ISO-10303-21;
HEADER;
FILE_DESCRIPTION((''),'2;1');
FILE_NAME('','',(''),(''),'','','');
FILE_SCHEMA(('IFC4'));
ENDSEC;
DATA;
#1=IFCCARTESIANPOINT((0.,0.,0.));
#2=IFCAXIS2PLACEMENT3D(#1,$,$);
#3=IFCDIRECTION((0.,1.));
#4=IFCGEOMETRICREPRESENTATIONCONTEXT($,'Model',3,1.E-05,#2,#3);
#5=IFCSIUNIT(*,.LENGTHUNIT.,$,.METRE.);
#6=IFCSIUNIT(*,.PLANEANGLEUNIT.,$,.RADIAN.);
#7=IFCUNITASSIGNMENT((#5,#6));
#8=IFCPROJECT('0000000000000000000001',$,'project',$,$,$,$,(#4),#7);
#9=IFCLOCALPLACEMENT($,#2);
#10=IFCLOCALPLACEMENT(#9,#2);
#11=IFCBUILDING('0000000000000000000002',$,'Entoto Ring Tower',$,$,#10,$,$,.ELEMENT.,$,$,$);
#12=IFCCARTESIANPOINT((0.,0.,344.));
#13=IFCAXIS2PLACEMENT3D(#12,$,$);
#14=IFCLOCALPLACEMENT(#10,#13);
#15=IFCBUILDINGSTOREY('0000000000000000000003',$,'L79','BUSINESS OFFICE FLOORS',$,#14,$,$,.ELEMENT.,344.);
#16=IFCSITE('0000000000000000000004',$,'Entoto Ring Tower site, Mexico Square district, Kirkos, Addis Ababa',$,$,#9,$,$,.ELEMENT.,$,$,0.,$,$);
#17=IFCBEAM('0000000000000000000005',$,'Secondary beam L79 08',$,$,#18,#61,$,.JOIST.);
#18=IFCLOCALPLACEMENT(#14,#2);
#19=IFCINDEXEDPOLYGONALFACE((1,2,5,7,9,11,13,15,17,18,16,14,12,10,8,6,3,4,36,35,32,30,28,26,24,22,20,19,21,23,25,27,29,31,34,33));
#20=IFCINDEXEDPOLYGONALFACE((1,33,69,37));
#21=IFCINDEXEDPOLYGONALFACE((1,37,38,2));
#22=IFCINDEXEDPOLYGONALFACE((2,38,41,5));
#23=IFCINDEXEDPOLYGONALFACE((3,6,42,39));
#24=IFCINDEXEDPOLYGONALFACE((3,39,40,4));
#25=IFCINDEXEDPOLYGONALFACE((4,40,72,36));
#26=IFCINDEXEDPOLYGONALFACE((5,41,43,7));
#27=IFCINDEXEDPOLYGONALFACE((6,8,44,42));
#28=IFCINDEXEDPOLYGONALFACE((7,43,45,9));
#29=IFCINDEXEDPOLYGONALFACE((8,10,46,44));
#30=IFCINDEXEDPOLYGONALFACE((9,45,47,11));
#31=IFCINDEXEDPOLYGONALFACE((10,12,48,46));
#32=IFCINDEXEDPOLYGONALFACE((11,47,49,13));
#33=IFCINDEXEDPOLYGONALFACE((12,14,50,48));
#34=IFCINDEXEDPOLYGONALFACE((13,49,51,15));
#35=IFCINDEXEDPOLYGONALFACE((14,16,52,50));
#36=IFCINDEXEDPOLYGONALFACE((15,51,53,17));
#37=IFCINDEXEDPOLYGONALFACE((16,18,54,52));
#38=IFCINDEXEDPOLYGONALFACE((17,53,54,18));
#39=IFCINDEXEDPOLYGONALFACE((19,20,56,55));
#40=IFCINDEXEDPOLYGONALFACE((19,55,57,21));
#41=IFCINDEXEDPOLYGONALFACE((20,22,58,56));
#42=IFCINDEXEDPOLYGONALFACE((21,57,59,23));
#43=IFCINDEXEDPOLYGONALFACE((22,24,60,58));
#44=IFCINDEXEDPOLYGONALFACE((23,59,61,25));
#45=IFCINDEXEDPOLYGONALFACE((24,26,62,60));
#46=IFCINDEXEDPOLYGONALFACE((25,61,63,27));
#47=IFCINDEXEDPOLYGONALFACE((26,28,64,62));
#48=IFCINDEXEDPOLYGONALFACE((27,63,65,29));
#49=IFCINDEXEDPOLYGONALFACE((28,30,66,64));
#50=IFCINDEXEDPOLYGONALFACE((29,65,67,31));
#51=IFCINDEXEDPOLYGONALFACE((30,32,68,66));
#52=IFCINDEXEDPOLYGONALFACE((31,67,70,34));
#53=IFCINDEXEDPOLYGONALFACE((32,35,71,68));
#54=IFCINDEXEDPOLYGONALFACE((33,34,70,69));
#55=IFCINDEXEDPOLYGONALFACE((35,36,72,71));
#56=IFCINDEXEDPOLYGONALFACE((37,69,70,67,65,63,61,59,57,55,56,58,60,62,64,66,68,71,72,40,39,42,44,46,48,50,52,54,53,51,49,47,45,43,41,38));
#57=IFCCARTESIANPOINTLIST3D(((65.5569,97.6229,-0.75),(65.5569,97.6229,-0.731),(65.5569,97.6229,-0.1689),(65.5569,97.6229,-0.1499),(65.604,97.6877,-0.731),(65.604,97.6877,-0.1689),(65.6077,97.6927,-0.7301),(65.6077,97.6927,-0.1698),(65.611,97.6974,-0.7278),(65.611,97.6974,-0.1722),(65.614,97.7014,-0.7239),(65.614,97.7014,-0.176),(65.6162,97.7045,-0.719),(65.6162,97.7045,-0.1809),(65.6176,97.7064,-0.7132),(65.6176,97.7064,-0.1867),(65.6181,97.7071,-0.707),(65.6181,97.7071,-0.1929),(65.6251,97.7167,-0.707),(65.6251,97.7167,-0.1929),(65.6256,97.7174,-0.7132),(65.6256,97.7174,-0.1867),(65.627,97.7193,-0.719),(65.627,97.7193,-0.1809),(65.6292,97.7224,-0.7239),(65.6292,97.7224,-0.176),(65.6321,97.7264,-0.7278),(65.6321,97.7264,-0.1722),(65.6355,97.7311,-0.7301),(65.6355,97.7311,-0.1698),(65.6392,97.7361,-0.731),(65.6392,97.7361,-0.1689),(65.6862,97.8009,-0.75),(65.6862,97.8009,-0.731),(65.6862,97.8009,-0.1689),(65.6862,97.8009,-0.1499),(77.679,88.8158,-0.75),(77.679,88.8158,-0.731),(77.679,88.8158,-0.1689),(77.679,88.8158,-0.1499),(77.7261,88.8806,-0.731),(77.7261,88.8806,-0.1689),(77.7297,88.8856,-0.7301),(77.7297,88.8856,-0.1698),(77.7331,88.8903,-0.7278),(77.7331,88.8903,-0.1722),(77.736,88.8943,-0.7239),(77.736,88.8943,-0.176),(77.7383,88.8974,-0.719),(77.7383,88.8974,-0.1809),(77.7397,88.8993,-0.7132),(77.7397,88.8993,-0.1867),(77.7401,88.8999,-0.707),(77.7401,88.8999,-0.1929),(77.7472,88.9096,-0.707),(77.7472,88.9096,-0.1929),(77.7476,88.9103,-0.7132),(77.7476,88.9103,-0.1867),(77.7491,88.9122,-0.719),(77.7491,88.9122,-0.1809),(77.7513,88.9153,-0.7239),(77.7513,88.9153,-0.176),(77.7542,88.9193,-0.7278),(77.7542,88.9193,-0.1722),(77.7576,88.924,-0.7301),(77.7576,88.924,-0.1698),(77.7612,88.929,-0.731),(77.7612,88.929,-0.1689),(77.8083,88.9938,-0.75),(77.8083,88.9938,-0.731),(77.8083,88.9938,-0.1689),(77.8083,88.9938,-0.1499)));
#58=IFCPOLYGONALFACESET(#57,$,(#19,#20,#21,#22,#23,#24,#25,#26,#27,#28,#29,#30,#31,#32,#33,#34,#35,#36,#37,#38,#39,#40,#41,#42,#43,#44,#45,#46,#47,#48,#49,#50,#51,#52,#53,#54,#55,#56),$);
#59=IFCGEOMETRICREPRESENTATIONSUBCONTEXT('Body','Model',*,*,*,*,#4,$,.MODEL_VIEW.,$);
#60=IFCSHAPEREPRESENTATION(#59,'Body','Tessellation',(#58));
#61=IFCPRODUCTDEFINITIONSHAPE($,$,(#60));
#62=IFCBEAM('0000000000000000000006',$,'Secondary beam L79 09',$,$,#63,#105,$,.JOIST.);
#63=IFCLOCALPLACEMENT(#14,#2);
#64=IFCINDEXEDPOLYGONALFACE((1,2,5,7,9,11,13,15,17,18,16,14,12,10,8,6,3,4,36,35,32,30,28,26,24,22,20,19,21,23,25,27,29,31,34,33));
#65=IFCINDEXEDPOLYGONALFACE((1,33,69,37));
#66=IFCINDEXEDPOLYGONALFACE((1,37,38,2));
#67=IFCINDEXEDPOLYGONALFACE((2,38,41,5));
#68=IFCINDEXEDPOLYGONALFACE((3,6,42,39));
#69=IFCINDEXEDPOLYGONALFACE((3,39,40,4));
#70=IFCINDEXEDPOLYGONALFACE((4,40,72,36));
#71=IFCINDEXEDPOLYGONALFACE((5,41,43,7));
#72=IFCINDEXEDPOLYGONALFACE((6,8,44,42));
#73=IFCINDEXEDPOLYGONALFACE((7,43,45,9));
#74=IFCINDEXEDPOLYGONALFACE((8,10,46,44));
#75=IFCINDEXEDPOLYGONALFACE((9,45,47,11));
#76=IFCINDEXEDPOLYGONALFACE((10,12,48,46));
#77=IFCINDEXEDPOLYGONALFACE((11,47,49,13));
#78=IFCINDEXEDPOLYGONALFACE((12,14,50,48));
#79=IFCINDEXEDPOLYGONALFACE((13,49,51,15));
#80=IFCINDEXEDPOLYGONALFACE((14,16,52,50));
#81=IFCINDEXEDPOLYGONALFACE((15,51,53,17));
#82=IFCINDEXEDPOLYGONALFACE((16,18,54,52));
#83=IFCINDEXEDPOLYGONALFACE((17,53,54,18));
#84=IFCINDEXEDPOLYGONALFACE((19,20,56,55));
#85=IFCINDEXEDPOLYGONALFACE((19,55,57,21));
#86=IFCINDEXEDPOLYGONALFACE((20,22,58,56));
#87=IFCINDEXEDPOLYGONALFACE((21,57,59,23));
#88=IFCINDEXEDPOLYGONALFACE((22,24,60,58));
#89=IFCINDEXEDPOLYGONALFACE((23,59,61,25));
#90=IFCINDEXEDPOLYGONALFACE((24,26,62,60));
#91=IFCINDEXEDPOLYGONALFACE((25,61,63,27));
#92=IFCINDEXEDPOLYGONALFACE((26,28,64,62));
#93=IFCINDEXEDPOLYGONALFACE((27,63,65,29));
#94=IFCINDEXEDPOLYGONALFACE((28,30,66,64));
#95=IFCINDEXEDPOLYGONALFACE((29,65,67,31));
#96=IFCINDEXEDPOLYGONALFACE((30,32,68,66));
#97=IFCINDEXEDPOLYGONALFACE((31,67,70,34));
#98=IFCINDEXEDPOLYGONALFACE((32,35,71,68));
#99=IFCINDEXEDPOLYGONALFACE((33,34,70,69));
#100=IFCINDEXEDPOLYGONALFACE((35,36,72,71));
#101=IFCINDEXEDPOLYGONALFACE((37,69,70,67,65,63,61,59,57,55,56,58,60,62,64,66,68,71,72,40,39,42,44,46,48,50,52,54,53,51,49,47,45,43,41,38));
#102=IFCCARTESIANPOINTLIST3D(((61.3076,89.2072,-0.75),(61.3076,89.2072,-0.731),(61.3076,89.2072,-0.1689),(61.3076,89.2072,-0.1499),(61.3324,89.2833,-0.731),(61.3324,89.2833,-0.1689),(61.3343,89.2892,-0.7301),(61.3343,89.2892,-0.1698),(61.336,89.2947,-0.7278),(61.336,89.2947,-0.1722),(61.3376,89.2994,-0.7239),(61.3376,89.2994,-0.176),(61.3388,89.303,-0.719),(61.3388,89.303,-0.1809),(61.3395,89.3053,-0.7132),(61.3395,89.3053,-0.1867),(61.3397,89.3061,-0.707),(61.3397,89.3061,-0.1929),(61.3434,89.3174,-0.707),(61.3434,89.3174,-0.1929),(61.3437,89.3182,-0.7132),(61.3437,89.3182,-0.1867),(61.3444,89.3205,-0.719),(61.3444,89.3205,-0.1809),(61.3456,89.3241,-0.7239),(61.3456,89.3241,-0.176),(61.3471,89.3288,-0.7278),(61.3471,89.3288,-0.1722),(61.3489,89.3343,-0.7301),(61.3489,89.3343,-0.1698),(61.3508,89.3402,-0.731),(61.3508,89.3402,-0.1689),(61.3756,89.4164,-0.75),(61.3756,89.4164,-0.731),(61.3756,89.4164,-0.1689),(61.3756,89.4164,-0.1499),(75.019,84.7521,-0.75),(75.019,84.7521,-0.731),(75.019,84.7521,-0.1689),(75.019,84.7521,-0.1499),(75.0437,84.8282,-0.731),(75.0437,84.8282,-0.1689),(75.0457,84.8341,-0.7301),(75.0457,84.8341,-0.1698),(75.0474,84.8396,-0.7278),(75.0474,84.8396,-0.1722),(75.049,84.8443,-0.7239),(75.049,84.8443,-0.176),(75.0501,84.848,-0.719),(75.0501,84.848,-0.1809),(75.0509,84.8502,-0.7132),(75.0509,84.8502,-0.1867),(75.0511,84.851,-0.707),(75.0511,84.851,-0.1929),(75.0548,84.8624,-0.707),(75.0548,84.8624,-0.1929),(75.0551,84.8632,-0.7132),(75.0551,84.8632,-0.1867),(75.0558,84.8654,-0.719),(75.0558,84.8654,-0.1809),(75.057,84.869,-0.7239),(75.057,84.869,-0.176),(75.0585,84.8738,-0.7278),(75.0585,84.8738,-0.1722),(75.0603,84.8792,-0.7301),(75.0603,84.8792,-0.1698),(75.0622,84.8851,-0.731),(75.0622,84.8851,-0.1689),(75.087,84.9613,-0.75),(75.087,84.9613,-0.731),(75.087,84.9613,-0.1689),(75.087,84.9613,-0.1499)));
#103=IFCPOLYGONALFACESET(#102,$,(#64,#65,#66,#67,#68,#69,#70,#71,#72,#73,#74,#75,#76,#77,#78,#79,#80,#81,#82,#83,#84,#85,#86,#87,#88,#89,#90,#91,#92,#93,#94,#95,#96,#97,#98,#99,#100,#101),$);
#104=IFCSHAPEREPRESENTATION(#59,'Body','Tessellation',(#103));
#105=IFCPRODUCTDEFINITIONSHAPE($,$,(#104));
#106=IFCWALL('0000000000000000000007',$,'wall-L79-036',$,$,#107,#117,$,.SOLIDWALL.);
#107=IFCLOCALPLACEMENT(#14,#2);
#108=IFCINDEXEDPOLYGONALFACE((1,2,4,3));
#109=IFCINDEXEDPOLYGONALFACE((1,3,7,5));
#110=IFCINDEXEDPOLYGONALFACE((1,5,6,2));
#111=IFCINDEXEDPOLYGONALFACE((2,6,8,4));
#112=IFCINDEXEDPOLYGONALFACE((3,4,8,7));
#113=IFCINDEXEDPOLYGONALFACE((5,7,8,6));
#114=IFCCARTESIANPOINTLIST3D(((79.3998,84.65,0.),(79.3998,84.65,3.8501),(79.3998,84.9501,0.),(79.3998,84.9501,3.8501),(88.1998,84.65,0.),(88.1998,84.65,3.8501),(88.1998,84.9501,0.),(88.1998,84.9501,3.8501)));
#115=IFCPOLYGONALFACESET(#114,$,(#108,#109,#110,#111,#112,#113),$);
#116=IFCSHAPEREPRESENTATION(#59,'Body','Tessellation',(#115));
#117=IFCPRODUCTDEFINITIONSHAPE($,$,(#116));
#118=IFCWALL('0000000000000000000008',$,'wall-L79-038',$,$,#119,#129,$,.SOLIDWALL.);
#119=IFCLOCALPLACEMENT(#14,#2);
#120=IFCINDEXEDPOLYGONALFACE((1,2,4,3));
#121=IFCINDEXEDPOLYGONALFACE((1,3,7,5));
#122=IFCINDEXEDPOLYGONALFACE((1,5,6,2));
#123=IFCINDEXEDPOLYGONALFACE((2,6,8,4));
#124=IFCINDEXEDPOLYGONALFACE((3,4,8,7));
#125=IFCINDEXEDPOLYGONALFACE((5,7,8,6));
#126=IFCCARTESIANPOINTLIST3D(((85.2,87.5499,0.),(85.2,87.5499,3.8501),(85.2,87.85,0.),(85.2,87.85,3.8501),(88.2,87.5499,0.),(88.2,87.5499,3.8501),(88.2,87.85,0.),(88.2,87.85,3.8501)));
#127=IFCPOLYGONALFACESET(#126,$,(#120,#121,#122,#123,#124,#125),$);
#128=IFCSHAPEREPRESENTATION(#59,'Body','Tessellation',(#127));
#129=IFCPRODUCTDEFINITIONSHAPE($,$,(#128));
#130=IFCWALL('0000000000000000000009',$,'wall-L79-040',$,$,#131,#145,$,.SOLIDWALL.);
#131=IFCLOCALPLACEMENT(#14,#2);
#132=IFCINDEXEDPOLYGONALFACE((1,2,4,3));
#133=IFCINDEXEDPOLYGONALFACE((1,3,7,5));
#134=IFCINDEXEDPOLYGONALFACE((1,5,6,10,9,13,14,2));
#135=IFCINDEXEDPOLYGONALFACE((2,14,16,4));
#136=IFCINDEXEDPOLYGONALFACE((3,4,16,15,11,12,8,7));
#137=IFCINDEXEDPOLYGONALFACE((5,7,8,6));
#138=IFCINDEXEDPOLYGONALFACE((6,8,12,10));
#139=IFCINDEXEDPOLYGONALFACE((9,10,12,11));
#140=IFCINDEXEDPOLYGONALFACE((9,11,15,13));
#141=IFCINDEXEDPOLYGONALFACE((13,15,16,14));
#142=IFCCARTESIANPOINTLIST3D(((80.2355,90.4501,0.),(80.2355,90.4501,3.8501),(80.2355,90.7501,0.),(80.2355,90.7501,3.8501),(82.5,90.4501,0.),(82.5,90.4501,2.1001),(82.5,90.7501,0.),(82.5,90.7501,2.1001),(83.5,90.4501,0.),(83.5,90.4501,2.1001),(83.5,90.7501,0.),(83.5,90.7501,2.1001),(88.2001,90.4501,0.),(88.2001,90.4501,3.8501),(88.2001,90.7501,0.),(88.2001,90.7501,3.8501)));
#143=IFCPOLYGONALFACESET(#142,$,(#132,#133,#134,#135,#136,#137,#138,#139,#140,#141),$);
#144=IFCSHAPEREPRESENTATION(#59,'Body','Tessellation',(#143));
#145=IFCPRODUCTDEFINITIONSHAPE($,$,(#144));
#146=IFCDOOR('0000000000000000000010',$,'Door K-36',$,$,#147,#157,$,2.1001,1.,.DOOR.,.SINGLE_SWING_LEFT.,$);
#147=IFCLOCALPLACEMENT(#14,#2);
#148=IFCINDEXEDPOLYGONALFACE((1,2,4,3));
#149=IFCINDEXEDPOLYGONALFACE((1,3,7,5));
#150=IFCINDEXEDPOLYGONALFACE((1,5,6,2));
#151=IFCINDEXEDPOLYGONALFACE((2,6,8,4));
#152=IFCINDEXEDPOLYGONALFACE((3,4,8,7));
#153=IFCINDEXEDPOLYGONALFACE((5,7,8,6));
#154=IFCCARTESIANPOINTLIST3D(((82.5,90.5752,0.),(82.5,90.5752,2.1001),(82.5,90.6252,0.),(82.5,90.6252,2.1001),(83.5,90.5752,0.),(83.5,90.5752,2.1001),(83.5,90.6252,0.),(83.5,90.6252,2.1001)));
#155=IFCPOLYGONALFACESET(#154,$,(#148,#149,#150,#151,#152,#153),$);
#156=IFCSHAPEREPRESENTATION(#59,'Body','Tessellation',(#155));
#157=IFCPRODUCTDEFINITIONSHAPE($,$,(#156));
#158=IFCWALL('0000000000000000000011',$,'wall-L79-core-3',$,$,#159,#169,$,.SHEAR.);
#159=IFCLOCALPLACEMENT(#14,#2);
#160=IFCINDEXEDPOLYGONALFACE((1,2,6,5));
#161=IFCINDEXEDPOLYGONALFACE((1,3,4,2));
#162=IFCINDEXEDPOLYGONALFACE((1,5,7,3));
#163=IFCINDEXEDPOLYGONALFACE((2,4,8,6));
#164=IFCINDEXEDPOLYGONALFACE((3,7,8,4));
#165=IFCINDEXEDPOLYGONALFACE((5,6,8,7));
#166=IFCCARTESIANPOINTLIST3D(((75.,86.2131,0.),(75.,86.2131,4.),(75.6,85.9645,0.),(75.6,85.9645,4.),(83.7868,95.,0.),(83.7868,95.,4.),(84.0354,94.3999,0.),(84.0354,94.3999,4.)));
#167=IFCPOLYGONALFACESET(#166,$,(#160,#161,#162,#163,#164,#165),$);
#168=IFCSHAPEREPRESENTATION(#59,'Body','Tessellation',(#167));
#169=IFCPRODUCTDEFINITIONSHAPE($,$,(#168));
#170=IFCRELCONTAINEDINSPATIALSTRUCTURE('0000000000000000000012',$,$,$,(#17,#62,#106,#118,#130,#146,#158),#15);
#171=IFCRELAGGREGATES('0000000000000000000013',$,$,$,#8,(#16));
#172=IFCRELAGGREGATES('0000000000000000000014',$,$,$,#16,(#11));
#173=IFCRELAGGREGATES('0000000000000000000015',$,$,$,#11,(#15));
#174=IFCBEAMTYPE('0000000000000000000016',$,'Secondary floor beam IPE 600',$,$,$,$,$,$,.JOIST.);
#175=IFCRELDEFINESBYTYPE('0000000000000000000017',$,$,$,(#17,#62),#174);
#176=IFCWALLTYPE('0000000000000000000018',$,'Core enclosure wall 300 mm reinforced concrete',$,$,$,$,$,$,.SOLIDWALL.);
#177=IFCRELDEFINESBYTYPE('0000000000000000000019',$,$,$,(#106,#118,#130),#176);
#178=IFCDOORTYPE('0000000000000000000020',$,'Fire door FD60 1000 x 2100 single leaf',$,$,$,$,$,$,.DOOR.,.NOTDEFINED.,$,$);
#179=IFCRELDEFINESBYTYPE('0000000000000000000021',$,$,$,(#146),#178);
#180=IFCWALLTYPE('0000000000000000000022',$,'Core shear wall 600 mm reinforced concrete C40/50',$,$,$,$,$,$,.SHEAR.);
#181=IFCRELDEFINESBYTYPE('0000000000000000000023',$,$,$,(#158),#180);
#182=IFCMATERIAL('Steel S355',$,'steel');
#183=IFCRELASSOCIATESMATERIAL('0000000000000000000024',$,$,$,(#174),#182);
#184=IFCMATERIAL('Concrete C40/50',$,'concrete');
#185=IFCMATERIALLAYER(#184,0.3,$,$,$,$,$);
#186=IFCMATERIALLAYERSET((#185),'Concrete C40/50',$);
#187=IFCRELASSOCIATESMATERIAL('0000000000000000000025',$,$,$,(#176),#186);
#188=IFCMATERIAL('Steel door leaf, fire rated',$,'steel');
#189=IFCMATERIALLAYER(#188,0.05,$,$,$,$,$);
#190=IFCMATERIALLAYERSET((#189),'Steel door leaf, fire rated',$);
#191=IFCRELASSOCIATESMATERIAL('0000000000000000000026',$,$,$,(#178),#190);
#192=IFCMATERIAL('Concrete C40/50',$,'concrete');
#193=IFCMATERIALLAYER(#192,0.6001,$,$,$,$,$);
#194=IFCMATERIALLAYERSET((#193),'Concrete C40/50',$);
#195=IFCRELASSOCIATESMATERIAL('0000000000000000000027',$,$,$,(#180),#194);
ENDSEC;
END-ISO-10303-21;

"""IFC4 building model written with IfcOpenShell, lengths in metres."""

from ifc_helpers import new_model, si_unit, direction, frame, frame_2d, origin, origin_2d, place, context, subcontext, project, spatial, polyline, rectangle, i_section, outline, extrude, material, layer, layer_set, material_profile, profile_set, type_object, element, fill, save


model = new_model("IFC4")

# Units and contexts
model_context = context("Model", 3, precision=1e-05, world=origin(), true_north=direction((0.0, 1.0)))
body_context = subcontext(model_context, "Body", "Model", "MODEL_VIEW")
ifc_project = project(units=[si_unit("LENGTHUNIT", "METRE"), si_unit("PLANEANGLEUNIT", "RADIAN")], contexts=[model_context])

# Site, building, storey
site_placement = place(None, origin())
site = spatial("IfcSite", under=ifc_project, at=site_placement, Name="Entoto Ring Tower site, Mexico Square district, Kirkos, Addis Ababa", CompositionType="ELEMENT", RefElevation=0.0)
building_placement = place(site_placement, origin())
building = spatial("IfcBuilding", under=site, at=building_placement, Name="Entoto Ring Tower", CompositionType="ELEMENT")
storey_placement = place(building_placement, frame((0.0, 0.0, 344.0)))
storey = spatial("IfcBuildingStorey", under=building, at=storey_placement, Name="L79", Description="BUSINESS OFFICE FLOORS", CompositionType="ELEMENT", Elevation=344.0)

# Beams
ifc_material_1 = material(Name="Steel S355", Category="steel")
ifc_material_profile_1 = material_profile(ifc_material_1, i_section(OverallWidth=0.22, OverallDepth=0.6001, WebThickness=0.012, FlangeThickness=0.019, FilletRadius=0.0239, at=origin_2d()), Name="IPE 600")
ifc_profile_set_1 = profile_set([ifc_material_profile_1], Name="Steel S355")
beam_type_1 = type_object("IfcBeamType", Name="Secondary floor beam IPE 600", PredefinedType="JOIST", material=ifc_profile_set_1)
for number, where, z_axis, x_axis, name in (
    (1, (77.7437, 88.9048, -0.45), (-0.809019, 0.587782, 0.0), (-0.587782, -0.809019, 0.0), "Secondary beam L79 08"),
):
    element("IfcBeam", number, at=place(storey_placement, frame(where, z_axis=z_axis, x_axis=x_axis)), inside=storey, type_object=beam_type_1, Name=name, PredefinedType="JOIST", context=body_context, shape_type="SweptSolid", body=[
        extrude(i_section(OverallWidth=0.22, OverallDepth=0.6001, WebThickness=0.012, FlangeThickness=0.019, FilletRadius=0.0239, at=origin_2d()), origin(), (0.0, 0.0, 1.0), 14.9836),
    ])
beam_1_placement = place(storey_placement, frame((75.053, 84.8567, -0.45), z_axis=(-0.951057, 0.309015, 0.0), x_axis=(-0.309015, -0.951057, 0.0)))
element("IfcBeam", 2, at=beam_1_placement, inside=storey, type_object=beam_type_1, Name="Secondary beam L79 09", PredefinedType="JOIST", context=body_context, shape_type="SweptSolid", body=[
    extrude(i_section(OverallWidth=0.22, OverallDepth=0.6001, WebThickness=0.012, FlangeThickness=0.019, FilletRadius=0.0239, at=origin_2d()), origin(), (0.0, 0.0, 1.0), 14.417),
])

# Walls
ifc_material_2 = material(Name="Concrete C40/50", Category="concrete")
ifc_layer_1 = layer(ifc_material_2, 0.3)
ifc_layer_set_1 = layer_set([ifc_layer_1], Name="Concrete C40/50")
wall_type_1 = type_object("IfcWallType", Name="Core enclosure wall 300 mm reinforced concrete", PredefinedType="SOLIDWALL", material=ifc_layer_set_1)
wall_1_placement = place(storey_placement, frame((79.3999, 84.8, 0.0), z_axis=(0.0, 0.0, 1.0), x_axis=(1.0, 0.0, 0.0)))
element("IfcWall", 3, at=wall_1_placement, inside=storey, type_object=wall_type_1, Name="wall-L79-036", PredefinedType="SOLIDWALL", context=body_context, shape_type="SweptSolid", body=[
    extrude(rectangle(XDim=8.8, YDim=0.3, at=frame_2d((4.3999, 0.0))), origin(), (0.0, 0.0, 1.0), 3.8501),
])
wall_2_placement = place(storey_placement, frame((85.2, 87.7, 0.0), z_axis=(0.0, 0.0, 1.0), x_axis=(1.0, 0.0, 0.0)))
element("IfcWall", 4, at=wall_2_placement, inside=storey, type_object=wall_type_1, Name="wall-L79-038", PredefinedType="SOLIDWALL", context=body_context, shape_type="SweptSolid", body=[
    extrude(rectangle(XDim=3.0, YDim=0.3, at=frame_2d((1.5, 0.0))), origin(), (0.0, 0.0, 1.0), 3.8501),
])

# Wall, opening, door
wall_3_placement = place(storey_placement, frame((80.2354, 90.6001, 0.0), z_axis=(0.0, 0.0, 1.0), x_axis=(1.0, 0.0, 0.0)))
wall_3 = element("IfcWall", 5, at=wall_3_placement, inside=storey, type_object=wall_type_1, Name="wall-L79-040", PredefinedType="SOLIDWALL", context=body_context, shape_type="SweptSolid", body=[
    extrude(rectangle(XDim=7.9646, YDim=0.3, at=frame_2d((3.9824, 0.0))), origin(), (0.0, 0.0, 1.0), 3.8501),
])
opening_1_placement = place(wall_3_placement, frame((2.2646, 0.0, 0.0)))
opening_1 = element("IfcOpeningElement", 6, at=opening_1_placement, cuts=wall_3, PredefinedType="OPENING", context=body_context, shape_type="SweptSolid", body=[
    extrude(rectangle(XDim=1.0, YDim=2.1001, at=frame_2d((0.5, 1.05))), frame((0.0, 0.1602, 0.0), z_axis=(0.0, -1.0, 0.0), x_axis=(1.0, 0.0, 0.0)), (0.0, 0.0, 1.0), 0.3201),
])
ifc_material_3 = material(Name="Steel door leaf, fire rated", Category="steel")
ifc_layer_2 = layer(ifc_material_3, 0.05)
ifc_layer_set_2 = layer_set([ifc_layer_2], Name="Steel door leaf, fire rated")
door_type_1 = type_object("IfcDoorType", Name="Fire door FD60 1000 x 2100 single leaf", OperationType="NOTDEFINED", PredefinedType="DOOR", material=ifc_layer_set_2)
door_1_placement = place(opening_1_placement, frame((1.0, 0.0, 0.0), z_axis=(0.0, 0.0, 1.0), x_axis=(-1.0, 0.0, 0.0)))
door_1 = element("IfcDoor", 7, at=door_1_placement, inside=storey, type_object=door_type_1, Name="Door K-36", OperationType="SINGLE_SWING_LEFT", OverallHeight=2.1001, OverallWidth=1.0, PredefinedType="DOOR", context=body_context, shape_type="SweptSolid", body=[
    extrude(rectangle(XDim=1.0, YDim=2.1001, at=frame_2d((0.5, 1.05))), frame((0.0, 0.0249, 0.0), z_axis=(0.0, -1.0, 0.0), x_axis=(1.0, 0.0, 0.0)), (0.0, 0.0, 1.0), 0.05),
])
fill(opening_1, door_1)

# Wall
ifc_material_4 = material(Name="Concrete C40/50", Category="concrete")
ifc_layer_3 = layer(ifc_material_4, 0.6001)
ifc_layer_set_3 = layer_set([ifc_layer_3], Name="Concrete C40/50")
wall_type_2 = type_object("IfcWallType", Name="Core shear wall 600 mm reinforced concrete C40/50", PredefinedType="SHEAR", material=ifc_layer_set_3)
wall_4_placement = place(storey_placement, frame((83.9111, 94.7, 0.0), z_axis=(0.0, 0.0, 1.0), x_axis=(-0.707107, -0.707107, 0.0)))
element("IfcWall", 8, at=wall_4_placement, inside=storey, type_object=wall_type_2, Name="wall-L79-core-3", PredefinedType="SHEAR", context=body_context, shape_type="SweptSolid", body=[
    extrude(outline(polyline([(-0.1243, -0.3), (12.3022, -0.3), (12.0537, 0.3), (0.1243, 0.3), (-0.1243, -0.3)])), origin(), (0.0, 0.0, 1.0), 4.0),
])

save(model, "model.ifc")
